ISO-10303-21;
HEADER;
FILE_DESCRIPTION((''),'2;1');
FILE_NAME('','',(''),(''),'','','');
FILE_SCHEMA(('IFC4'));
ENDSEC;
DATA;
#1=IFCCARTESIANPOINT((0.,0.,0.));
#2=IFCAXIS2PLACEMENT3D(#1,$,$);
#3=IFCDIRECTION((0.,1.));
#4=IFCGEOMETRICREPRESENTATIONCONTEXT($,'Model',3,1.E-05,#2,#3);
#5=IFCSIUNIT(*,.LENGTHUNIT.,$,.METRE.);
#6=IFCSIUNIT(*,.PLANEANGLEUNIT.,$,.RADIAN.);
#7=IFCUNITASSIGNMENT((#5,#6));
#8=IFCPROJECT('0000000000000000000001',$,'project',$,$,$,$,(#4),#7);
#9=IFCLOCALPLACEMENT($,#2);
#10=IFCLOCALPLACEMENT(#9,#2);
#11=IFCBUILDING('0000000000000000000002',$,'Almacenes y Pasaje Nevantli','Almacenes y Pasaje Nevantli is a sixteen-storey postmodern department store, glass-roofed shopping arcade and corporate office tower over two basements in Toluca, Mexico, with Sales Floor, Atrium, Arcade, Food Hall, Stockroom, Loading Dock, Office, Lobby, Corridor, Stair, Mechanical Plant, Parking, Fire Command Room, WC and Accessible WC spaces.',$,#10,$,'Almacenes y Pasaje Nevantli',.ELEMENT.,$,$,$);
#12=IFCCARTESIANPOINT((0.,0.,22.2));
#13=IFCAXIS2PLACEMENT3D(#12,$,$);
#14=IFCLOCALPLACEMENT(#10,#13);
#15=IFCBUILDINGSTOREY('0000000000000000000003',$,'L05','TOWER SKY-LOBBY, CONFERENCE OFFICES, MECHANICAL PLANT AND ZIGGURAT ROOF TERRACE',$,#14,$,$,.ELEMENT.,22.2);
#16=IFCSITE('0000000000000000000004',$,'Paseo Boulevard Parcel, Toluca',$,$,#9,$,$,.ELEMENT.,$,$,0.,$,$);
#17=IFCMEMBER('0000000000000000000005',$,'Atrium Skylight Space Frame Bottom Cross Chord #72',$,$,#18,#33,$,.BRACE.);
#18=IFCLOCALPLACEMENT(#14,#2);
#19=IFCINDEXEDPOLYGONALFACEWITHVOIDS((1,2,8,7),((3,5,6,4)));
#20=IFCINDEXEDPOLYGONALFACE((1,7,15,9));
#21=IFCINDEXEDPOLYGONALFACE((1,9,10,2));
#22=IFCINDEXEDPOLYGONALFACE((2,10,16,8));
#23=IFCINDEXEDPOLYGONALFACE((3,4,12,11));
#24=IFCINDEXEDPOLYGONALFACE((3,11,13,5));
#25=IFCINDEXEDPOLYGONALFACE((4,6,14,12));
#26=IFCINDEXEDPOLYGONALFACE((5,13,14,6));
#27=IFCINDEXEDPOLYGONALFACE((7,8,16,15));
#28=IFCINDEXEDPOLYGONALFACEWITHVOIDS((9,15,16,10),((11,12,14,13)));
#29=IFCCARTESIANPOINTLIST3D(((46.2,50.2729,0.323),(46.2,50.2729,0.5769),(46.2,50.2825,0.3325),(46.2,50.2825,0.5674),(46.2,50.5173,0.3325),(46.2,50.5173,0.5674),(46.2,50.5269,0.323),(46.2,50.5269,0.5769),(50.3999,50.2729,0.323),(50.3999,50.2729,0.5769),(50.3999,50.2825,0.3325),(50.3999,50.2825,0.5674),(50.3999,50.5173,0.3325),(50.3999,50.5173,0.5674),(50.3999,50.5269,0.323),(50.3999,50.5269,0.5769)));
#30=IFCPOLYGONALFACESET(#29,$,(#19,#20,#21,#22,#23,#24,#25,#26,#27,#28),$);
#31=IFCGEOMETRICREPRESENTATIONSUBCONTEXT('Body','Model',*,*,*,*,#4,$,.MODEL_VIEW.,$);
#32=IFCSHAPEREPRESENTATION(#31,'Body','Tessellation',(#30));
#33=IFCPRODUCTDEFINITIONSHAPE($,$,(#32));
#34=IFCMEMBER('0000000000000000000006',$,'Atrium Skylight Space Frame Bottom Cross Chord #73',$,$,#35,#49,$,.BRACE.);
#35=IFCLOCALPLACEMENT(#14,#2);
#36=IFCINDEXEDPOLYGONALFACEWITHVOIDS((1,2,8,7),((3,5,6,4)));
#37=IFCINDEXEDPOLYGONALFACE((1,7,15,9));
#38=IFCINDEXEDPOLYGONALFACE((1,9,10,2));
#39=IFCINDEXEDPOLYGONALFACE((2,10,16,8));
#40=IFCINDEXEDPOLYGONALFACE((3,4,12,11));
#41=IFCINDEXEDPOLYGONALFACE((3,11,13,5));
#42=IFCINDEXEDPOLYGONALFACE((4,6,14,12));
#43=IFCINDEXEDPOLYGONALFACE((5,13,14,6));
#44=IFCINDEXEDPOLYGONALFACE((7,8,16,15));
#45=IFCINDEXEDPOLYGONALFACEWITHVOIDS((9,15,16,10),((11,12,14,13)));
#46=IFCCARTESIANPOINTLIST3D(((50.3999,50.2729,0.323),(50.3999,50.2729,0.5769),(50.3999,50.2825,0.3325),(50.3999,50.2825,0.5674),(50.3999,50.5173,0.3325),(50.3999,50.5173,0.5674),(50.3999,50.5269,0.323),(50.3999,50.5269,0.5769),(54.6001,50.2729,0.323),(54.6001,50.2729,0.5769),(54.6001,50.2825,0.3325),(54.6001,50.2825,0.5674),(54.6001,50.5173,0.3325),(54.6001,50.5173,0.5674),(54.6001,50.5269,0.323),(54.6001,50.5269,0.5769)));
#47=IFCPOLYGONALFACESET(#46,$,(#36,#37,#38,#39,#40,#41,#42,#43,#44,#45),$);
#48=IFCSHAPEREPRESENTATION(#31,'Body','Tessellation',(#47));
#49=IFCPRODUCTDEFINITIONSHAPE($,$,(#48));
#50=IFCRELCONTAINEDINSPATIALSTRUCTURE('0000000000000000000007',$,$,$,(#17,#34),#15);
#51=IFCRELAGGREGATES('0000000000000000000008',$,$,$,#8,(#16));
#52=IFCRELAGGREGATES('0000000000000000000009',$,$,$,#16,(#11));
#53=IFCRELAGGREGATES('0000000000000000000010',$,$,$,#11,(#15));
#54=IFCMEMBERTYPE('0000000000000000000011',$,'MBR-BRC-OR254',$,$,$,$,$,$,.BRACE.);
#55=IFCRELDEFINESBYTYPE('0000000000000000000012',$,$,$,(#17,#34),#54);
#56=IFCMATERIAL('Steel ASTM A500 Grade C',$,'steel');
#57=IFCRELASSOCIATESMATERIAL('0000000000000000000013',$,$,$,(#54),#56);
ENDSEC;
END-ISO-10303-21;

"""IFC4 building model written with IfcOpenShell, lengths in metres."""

from ifc_helpers import new_model, si_unit, direction, frame, origin, origin_2d, place, context, subcontext, project, spatial, hollow_rectangle, extrude, material, material_profile, profile_set, type_object, element, save


model = new_model("IFC4")

# Units and contexts
model_context = context("Model", 3, precision=1e-05, world=origin(), true_north=direction((0.0, 1.0)))
body_context = subcontext(model_context, "Body", "Model", "MODEL_VIEW")
ifc_project = project(units=[si_unit("LENGTHUNIT", "METRE"), si_unit("PLANEANGLEUNIT", "RADIAN")], contexts=[model_context])

# Site, building, storey
site_placement = place(None, origin())
site = spatial("IfcSite", under=ifc_project, at=site_placement, Name="Paseo Boulevard Parcel, Toluca", CompositionType="ELEMENT", RefElevation=0.0)
building_placement = place(site_placement, origin())
building = spatial("IfcBuilding", under=site, at=building_placement, Name="Almacenes y Pasaje Nevantli", Description="Almacenes y Pasaje Nevantli is a sixteen-storey postmodern department store, glass-roofed shopping arcade and corporate office tower over two basements in Toluca, Mexico, with Sales Floor, Atrium, Arcade, Food Hall, Stockroom, Loading Dock, Office, Lobby, Corridor, Stair, Mechanical Plant, Parking, Fire Command Room, WC and Accessible WC spaces.", LongName="Almacenes y Pasaje Nevantli", CompositionType="ELEMENT")
storey_placement = place(building_placement, frame((0.0, 0.0, 22.2)))
storey = spatial("IfcBuildingStorey", under=building, at=storey_placement, Name="L05", Description="TOWER SKY-LOBBY, CONFERENCE OFFICES, MECHANICAL PLANT AND ZIGGURAT ROOF TERRACE", CompositionType="ELEMENT", Elevation=22.2)

# Members
ifc_material_1 = material(Name="Steel ASTM A500 Grade C", Category="steel")
ifc_material_profile_1 = material_profile(ifc_material_1, hollow_rectangle(XDim=0.2539, YDim=0.2539, WallThickness=0.0095, at=origin_2d()), Name="OR 254x254x9.5")
ifc_profile_set_1 = profile_set([ifc_material_profile_1], Name="Steel ASTM A500 Grade C")
member_type_1 = type_object("IfcMemberType", Name="MBR-BRC-OR254", PredefinedType="BRACE", material=ifc_profile_set_1)
member_1_placement = place(storey_placement, frame((46.2, 50.3999, 0.45), z_axis=(1.0, 0.0, 0.0), x_axis=(0.0, 1.0, 0.0)))
element("IfcMember", 1, at=member_1_placement, inside=storey, type_object=member_type_1, Name="Atrium Skylight Space Frame Bottom Cross Chord #72", PredefinedType="BRACE", context=body_context, shape_type="SweptSolid", body=[
    extrude(hollow_rectangle(XDim=0.2539, YDim=0.2539, WallThickness=0.0095, at=origin_2d()), origin(), (0.0, 0.0, 1.0), 4.2),
])
member_2_placement = place(storey_placement, frame((50.3999, 50.3999, 0.45), z_axis=(1.0, 0.0, 0.0), x_axis=(0.0, 1.0, 0.0)))
element("IfcMember", 2, at=member_2_placement, inside=storey, type_object=member_type_1, Name="Atrium Skylight Space Frame Bottom Cross Chord #73", PredefinedType="BRACE", context=body_context, shape_type="SweptSolid", body=[
    extrude(hollow_rectangle(XDim=0.2539, YDim=0.2539, WallThickness=0.0095, at=origin_2d()), origin(), (0.0, 0.0, 1.0), 4.2002),
])

save(model, "model.ifc")
